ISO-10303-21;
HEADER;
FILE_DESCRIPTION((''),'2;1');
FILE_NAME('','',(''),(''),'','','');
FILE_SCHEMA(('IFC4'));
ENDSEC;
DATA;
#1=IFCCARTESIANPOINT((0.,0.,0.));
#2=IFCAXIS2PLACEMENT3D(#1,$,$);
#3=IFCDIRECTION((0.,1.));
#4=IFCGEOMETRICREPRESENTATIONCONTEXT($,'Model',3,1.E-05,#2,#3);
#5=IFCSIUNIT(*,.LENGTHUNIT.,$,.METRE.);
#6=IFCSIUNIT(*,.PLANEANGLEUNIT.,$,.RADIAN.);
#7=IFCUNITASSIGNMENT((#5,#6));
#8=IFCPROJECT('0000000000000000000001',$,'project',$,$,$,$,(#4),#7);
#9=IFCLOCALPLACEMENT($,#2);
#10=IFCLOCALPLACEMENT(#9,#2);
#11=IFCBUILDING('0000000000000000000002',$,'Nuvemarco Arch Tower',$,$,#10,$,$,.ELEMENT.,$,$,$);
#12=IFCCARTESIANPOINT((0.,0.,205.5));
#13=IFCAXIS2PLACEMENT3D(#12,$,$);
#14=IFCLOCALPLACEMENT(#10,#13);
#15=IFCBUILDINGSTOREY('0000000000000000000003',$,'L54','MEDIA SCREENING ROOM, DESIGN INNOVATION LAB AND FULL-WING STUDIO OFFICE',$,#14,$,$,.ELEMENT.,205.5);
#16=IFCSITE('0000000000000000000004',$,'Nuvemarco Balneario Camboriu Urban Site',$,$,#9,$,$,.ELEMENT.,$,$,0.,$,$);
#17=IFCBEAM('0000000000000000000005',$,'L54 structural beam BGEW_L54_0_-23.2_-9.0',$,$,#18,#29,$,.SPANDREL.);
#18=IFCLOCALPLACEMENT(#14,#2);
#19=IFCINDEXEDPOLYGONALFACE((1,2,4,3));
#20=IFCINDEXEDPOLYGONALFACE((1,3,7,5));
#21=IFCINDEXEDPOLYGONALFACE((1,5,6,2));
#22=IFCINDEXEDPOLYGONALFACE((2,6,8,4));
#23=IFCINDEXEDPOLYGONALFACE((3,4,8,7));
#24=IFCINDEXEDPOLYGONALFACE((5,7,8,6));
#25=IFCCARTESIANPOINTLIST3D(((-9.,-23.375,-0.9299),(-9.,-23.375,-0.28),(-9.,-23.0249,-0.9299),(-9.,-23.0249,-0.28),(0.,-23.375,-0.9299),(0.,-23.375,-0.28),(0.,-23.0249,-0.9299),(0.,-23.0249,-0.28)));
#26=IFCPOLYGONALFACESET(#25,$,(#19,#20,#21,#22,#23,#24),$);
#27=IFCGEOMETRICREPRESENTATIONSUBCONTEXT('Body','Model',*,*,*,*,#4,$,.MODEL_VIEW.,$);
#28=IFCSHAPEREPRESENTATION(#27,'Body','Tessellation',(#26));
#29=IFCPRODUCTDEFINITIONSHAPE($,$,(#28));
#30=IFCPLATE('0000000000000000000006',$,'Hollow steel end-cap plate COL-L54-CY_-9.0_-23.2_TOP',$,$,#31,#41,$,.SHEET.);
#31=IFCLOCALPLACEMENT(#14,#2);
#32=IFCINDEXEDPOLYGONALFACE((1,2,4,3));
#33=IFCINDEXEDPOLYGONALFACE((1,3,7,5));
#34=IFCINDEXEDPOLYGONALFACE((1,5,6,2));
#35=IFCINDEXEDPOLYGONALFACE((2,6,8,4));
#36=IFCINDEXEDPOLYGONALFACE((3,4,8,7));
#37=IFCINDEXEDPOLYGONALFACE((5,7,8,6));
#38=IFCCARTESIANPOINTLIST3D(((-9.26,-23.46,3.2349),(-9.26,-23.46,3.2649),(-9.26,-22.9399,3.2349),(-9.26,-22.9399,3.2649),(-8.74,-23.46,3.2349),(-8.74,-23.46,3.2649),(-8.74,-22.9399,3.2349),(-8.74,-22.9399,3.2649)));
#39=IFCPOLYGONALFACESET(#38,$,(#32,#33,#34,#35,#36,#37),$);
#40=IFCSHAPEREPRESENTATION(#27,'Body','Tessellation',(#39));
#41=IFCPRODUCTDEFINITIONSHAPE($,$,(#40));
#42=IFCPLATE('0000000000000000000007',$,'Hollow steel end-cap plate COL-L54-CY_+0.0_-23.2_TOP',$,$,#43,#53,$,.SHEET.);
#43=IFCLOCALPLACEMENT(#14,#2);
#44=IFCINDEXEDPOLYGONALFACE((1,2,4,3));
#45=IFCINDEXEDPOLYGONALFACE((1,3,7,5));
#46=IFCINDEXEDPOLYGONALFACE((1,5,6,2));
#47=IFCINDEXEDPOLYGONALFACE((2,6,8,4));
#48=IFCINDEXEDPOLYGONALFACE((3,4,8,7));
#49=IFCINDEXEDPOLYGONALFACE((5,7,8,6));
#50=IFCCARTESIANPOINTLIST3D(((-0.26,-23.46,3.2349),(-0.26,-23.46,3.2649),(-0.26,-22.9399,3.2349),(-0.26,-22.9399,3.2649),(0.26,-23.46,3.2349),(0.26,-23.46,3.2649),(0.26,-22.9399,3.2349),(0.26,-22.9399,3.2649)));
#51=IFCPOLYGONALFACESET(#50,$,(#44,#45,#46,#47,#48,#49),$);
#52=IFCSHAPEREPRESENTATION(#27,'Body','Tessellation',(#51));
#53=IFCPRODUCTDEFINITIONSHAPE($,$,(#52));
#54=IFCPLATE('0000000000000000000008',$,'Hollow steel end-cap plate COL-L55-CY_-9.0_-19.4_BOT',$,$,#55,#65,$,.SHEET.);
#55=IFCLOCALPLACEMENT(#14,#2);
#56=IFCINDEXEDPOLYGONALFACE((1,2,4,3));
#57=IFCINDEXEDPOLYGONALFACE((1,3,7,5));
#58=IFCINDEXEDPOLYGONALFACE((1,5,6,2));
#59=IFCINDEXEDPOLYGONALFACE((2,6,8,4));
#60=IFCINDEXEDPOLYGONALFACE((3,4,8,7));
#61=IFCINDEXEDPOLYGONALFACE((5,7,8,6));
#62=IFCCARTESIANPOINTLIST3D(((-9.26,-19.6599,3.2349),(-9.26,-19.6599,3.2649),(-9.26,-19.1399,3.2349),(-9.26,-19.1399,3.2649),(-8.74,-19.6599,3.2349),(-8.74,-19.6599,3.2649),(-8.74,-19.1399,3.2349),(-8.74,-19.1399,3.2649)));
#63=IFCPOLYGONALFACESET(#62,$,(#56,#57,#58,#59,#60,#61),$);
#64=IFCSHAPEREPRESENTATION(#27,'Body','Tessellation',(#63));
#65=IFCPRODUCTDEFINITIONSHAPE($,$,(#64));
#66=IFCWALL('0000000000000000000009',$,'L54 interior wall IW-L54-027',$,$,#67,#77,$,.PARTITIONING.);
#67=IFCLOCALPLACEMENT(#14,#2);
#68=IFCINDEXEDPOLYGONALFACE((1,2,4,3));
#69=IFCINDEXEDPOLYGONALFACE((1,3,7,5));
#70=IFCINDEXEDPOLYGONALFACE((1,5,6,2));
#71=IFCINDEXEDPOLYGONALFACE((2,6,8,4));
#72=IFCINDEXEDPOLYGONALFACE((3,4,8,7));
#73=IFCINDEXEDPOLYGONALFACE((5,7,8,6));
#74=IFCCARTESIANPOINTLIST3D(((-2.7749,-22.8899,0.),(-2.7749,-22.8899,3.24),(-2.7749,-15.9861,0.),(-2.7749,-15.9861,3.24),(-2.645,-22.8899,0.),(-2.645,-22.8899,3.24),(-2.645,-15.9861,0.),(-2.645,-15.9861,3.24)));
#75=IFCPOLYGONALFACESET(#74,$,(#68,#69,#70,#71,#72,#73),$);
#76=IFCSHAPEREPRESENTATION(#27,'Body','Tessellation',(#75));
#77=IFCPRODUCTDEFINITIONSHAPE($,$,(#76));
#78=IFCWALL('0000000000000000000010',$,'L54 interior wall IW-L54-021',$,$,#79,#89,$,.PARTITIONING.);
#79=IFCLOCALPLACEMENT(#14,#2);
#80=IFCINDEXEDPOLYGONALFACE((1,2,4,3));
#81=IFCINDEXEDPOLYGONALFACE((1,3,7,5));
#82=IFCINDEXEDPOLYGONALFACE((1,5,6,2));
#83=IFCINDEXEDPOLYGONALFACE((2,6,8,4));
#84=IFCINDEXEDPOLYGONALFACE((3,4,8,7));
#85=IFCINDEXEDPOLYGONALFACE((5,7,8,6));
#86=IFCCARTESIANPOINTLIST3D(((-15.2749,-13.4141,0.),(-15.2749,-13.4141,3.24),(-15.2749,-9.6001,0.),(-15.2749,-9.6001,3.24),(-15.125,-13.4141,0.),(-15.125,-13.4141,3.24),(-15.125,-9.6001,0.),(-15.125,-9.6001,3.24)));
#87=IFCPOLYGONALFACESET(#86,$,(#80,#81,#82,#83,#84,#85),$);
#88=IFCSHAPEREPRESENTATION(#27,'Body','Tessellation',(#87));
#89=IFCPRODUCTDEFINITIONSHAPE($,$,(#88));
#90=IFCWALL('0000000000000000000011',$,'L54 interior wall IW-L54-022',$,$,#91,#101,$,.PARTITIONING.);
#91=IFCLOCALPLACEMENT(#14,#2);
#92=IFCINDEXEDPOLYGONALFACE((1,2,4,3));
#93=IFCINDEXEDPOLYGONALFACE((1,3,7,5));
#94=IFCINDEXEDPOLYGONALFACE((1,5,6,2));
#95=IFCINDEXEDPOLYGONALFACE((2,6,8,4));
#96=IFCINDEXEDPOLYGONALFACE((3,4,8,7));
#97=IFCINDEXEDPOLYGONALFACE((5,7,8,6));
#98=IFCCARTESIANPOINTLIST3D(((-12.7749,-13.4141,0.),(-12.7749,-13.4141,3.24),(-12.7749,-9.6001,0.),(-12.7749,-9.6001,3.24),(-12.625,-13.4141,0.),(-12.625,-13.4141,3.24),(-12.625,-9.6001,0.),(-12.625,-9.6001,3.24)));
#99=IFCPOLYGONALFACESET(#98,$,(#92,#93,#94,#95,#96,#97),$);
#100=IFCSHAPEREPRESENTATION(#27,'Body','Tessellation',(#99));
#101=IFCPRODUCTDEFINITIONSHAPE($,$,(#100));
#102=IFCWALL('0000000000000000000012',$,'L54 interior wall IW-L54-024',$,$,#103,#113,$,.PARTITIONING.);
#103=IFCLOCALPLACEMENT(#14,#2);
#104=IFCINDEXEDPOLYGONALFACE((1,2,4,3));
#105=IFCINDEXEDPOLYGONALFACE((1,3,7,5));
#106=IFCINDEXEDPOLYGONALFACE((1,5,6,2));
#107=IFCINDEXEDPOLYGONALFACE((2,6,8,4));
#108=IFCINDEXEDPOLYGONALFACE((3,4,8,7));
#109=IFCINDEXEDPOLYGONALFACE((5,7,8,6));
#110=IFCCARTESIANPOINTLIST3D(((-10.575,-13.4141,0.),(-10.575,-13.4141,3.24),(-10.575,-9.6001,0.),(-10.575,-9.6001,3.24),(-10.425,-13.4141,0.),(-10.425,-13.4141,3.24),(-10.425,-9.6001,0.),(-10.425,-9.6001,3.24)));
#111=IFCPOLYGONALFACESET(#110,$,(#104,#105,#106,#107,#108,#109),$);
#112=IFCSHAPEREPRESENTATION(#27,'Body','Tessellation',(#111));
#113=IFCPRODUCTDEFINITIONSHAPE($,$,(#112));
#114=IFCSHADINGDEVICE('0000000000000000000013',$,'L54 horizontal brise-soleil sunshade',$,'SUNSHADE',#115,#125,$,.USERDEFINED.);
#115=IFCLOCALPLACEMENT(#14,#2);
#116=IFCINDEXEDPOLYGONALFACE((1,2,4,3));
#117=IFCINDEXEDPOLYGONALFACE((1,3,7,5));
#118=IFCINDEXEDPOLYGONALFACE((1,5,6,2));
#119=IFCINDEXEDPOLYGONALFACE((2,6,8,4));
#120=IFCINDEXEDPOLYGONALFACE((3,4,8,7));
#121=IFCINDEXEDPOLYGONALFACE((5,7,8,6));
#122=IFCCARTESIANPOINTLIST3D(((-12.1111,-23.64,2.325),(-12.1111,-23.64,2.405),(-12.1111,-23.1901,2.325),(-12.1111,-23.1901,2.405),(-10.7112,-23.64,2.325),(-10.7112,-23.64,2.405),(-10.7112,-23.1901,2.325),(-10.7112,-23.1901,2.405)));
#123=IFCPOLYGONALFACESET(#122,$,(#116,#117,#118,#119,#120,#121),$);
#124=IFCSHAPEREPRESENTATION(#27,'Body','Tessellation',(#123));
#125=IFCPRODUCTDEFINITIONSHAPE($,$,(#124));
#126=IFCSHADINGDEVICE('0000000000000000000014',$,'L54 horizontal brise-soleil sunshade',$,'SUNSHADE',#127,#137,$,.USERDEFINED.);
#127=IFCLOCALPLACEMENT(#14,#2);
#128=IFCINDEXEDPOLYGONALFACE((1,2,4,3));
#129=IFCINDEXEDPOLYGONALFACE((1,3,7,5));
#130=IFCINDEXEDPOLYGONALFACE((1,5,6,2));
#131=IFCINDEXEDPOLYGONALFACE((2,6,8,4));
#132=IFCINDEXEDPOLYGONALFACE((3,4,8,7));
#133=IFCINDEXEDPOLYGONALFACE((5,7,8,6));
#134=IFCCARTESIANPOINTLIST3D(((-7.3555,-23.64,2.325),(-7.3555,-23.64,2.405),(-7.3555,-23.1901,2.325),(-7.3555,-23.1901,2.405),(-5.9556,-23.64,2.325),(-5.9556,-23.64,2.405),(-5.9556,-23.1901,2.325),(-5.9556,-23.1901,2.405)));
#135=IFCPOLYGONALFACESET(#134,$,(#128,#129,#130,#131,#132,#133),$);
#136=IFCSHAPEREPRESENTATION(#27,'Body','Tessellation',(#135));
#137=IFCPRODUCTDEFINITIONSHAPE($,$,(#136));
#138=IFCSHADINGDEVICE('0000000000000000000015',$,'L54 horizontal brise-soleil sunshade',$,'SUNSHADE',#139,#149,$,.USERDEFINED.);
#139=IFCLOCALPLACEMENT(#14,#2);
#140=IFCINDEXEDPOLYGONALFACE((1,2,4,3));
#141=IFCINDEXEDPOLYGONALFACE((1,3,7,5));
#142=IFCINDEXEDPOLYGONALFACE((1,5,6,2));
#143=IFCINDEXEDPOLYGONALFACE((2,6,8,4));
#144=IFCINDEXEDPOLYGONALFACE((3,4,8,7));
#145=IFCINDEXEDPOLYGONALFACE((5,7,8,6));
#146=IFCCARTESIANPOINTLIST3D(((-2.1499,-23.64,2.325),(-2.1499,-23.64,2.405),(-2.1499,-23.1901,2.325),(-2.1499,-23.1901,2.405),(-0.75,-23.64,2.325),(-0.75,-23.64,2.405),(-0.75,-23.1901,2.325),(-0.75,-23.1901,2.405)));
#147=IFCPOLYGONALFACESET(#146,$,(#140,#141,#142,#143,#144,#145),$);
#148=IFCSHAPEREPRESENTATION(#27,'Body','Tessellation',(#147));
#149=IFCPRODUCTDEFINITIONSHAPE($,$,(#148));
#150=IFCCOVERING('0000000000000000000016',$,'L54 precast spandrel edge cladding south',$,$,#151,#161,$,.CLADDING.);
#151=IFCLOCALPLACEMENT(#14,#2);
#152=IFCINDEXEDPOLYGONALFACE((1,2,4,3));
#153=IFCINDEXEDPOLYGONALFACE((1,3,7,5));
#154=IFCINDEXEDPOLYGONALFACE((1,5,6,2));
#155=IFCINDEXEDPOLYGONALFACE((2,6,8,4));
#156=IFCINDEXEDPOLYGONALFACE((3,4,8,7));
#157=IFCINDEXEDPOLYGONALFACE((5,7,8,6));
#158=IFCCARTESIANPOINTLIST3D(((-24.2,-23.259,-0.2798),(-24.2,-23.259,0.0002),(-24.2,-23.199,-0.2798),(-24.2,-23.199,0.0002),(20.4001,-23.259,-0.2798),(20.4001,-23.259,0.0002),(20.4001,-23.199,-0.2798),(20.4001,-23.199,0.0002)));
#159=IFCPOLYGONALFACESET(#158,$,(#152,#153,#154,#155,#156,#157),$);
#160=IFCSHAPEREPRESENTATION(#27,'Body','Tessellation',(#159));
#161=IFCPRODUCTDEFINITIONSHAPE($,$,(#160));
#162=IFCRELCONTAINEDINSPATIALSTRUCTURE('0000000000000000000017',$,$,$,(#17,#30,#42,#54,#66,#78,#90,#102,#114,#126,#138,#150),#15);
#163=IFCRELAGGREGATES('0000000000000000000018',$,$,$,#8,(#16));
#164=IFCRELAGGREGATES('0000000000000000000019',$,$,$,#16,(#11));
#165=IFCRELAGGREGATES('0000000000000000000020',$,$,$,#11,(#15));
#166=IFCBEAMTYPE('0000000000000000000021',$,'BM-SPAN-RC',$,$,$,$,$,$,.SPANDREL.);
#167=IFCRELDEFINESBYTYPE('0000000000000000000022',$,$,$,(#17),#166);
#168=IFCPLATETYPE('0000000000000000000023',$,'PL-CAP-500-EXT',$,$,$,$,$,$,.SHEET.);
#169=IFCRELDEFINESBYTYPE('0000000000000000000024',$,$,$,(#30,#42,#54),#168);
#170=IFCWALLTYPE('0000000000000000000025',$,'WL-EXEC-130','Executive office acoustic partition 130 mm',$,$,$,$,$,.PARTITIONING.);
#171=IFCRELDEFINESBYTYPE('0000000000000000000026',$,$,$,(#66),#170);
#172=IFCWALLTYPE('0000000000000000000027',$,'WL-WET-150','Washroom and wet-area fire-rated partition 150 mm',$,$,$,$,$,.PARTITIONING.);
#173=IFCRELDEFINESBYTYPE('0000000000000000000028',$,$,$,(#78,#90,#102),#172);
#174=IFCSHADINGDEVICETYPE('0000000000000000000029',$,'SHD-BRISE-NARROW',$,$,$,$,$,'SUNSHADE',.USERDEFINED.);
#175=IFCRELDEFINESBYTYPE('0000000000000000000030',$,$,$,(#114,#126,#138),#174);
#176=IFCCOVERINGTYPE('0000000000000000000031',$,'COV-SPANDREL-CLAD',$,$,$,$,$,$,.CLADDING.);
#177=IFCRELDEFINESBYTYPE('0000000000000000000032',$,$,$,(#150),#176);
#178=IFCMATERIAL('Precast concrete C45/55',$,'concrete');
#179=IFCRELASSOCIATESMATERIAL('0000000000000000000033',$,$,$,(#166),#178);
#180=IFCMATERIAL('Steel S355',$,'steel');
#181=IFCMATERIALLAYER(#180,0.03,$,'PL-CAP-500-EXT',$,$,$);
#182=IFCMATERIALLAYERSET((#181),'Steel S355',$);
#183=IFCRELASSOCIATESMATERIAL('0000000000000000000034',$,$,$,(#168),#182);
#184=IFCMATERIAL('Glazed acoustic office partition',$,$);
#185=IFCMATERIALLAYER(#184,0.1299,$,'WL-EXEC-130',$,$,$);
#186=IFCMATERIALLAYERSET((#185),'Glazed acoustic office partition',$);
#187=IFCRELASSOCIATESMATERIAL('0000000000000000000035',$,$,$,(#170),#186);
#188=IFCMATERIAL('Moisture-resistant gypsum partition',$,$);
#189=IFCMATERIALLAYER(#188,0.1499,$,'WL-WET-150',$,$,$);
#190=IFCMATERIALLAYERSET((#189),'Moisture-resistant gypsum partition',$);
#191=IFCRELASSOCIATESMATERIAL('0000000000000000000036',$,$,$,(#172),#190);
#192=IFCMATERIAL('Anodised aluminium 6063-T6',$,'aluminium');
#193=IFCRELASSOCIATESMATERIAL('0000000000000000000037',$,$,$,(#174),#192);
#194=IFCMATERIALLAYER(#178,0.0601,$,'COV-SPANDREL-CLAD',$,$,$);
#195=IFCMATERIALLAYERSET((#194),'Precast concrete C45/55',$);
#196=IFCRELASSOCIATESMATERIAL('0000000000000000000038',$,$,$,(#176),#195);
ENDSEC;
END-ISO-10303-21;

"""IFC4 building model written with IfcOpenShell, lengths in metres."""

from ifc_helpers import new_model, si_unit, direction, frame, frame_2d, origin, origin_2d, place, context, subcontext, project, spatial, rectangle, extrude, source, transform, mapped, material, layer, layer_set, material_profile, profile_set, type_object, type_shapes, element, save


model = new_model("IFC4")

# Units and contexts
model_context = context("Model", 3, precision=1e-05, world=origin(), true_north=direction((0.0, 1.0)))
body_context = subcontext(model_context, "Body", "Model", "MODEL_VIEW")
ifc_project = project(units=[si_unit("LENGTHUNIT", "METRE"), si_unit("PLANEANGLEUNIT", "RADIAN")], contexts=[model_context])

# Site, building, storey
site_placement = place(None, origin())
site = spatial("IfcSite", under=ifc_project, at=site_placement, Name="Nuvemarco Balneario Camboriu Urban Site", CompositionType="ELEMENT", RefElevation=0.0)
building_placement = place(site_placement, origin())
building = spatial("IfcBuilding", under=site, at=building_placement, Name="Nuvemarco Arch Tower", CompositionType="ELEMENT")
storey_placement = place(building_placement, frame((0.0, 0.0, 205.5)))
storey = spatial("IfcBuildingStorey", under=building, at=storey_placement, Name="L54", Description="MEDIA SCREENING ROOM, DESIGN INNOVATION LAB AND FULL-WING STUDIO OFFICE", CompositionType="ELEMENT", Elevation=205.5)

# Shared definitions
ifc_material_1 = material(Name="Steel S355", Category="steel")

# Beam
ifc_material_2 = material(Name="Precast concrete C45/55", Category="concrete")
ifc_material_profile_1 = material_profile(ifc_material_2, rectangle(XDim=0.3501, YDim=0.6499, at=origin_2d()), Name="PC-SP-350x650")
ifc_profile_set_1 = profile_set([ifc_material_profile_1], Name="Precast concrete C45/55")
beam_type_1 = type_object("IfcBeamType", Name="BM-SPAN-RC", PredefinedType="SPANDREL", material=ifc_profile_set_1)
beam_1_placement = place(storey_placement, frame((-9.0, -23.2, -0.605), z_axis=(1.0, 0.0, 0.0), x_axis=(0.0, 1.0, 0.0)))
element("IfcBeam", 1, at=beam_1_placement, inside=storey, type_object=beam_type_1, Name="L54 structural beam BGEW_L54_0_-23.2_-9.0", PredefinedType="SPANDREL", context=body_context, shape_type="SweptSolid", body=[
    extrude(rectangle(XDim=0.3501, YDim=0.6499, at=origin_2d()), origin(), (0.0, 0.0, 1.0), 9.0),
])

# Plates
ifc_layer_1 = layer(ifc_material_1, 0.03, Name="PL-CAP-500-EXT")
ifc_layer_set_1 = layer_set([ifc_layer_1], Name="Steel S355")
plate_type = type_object("IfcPlateType", Name="PL-CAP-500-EXT", PredefinedType="SHEET", material=ifc_layer_set_1)
shared_shape_1 = source(origin(), body_context, "Body", "SweptSolid", [
    extrude(rectangle(XDim=0.52, YDim=0.52, at=origin_2d()), origin(), (0.0, 0.0, 1.0), 0.03),
])
type_shapes(plate_type, [shared_shape_1])
for number, where, z_axis, x_axis, name in (
    (2, (-9.0, -23.2, 3.2349), (0.0, 0.0, 1.0), (1.0, 0.0, 0.0), "Hollow steel end-cap plate COL-L54-CY_-9.0_-23.2_TOP"),
    (3, (0.0, -23.2, 3.2349), (0.0, 0.0, 1.0), (1.0, 0.0, 0.0), "Hollow steel end-cap plate COL-L54-CY_+0.0_-23.2_TOP"),
    (4, (-9.0, -19.3999, 3.2349), (0.0, 0.0, 1.0), (1.0, 0.0, 0.0), "Hollow steel end-cap plate COL-L55-CY_-9.0_-19.4_BOT"),
):
    element("IfcPlate", number, at=place(storey_placement, frame(where, z_axis=z_axis, x_axis=x_axis)), inside=storey, type_object=plate_type, Name=name, PredefinedType="SHEET", context=body_context, shape_type="MappedRepresentation", body=[
        mapped(shared_shape_1, transform((0.0, 0.0, 0.0), scale=1.0)),
    ])

# Walls
ifc_material_3 = material(Name="Glazed acoustic office partition")
ifc_layer_2 = layer(ifc_material_3, 0.1299, Name="WL-EXEC-130")
ifc_layer_set_2 = layer_set([ifc_layer_2], Name="Glazed acoustic office partition")
wall_type_1 = type_object("IfcWallType", Name="WL-EXEC-130", Description="Executive office acoustic partition 130 mm", PredefinedType="PARTITIONING", material=ifc_layer_set_2)
wall_placement = place(storey_placement, frame((-2.71, -22.8899, 0.0), z_axis=(0.0, 0.0, 1.0), x_axis=(0.0, 1.0, 0.0)))
element("IfcWall", 5, at=wall_placement, inside=storey, type_object=wall_type_1, Name="L54 interior wall IW-L54-027", PredefinedType="PARTITIONING", context=body_context, shape_type="SweptSolid", body=[
    extrude(rectangle(XDim=6.9038, YDim=0.1299, at=frame_2d((3.4519, 0.0))), origin(), (0.0, 0.0, 1.0), 3.24),
])
ifc_material_4 = material(Name="Moisture-resistant gypsum partition")
ifc_layer_3 = layer(ifc_material_4, 0.1499, Name="WL-WET-150")
ifc_layer_set_3 = layer_set([ifc_layer_3], Name="Moisture-resistant gypsum partition")
wall_type_2 = type_object("IfcWallType", Name="WL-WET-150", Description="Washroom and wet-area fire-rated partition 150 mm", PredefinedType="PARTITIONING", material=ifc_layer_set_3)
for number, where, z_axis, x_axis, name in (
    (6, (-15.2, -13.4141, 0.0), (0.0, 0.0, 1.0), (0.0, 1.0, 0.0), "L54 interior wall IW-L54-021"),
    (7, (-12.7, -13.4141, 0.0), (0.0, 0.0, 1.0), (0.0, 1.0, 0.0), "L54 interior wall IW-L54-022"),
    (8, (-10.5, -13.4141, 0.0), (0.0, 0.0, 1.0), (0.0, 1.0, 0.0), "L54 interior wall IW-L54-024"),
):
    element("IfcWall", number, at=place(storey_placement, frame(where, z_axis=z_axis, x_axis=x_axis)), inside=storey, type_object=wall_type_2, Name=name, PredefinedType="PARTITIONING", context=body_context, shape_type="SweptSolid", body=[
        extrude(rectangle(XDim=3.814, YDim=0.1499, at=frame_2d((1.907, 0.0))), origin(), (0.0, 0.0, 1.0), 3.24),
    ])

# Shading devices
ifc_material_5 = material(Name="Anodised aluminium 6063-T6", Category="aluminium")
shading_device_type = type_object("IfcShadingDeviceType", Name="SHD-BRISE-NARROW", ElementType="SUNSHADE", PredefinedType="USERDEFINED", material=ifc_material_5)
shared_shape_2 = source(origin(), body_context, "Body", "SweptSolid", [
    extrude(rectangle(XDim=1.3999, YDim=0.45, at=origin_2d()), origin(), (0.0, 0.0, 1.0), 0.0801),
])
type_shapes(shading_device_type, [shared_shape_2])
for number, where, z_axis, x_axis, name in (
    (9, (-11.4111, -23.415, 2.325), (0.0, 0.0, 1.0), (1.0, 0.0, 0.0), "L54 horizontal brise-soleil sunshade"),
    (10, (-6.6555, -23.415, 2.325), (0.0, 0.0, 1.0), (1.0, 0.0, 0.0), "L54 horizontal brise-soleil sunshade"),
    (11, (-1.45, -23.415, 2.325), (0.0, 0.0, 1.0), (1.0, 0.0, 0.0), "L54 horizontal brise-soleil sunshade"),
):
    element("IfcShadingDevice", number, at=place(storey_placement, frame(where, z_axis=z_axis, x_axis=x_axis)), inside=storey, type_object=shading_device_type, Name=name, ObjectType="SUNSHADE", PredefinedType="USERDEFINED", context=body_context, shape_type="MappedRepresentation", body=[
        mapped(shared_shape_2, transform((0.0, 0.0, 0.0), scale=1.0)),
    ])

# Covering
ifc_layer_4 = layer(ifc_material_2, 0.0601, Name="COV-SPANDREL-CLAD")
ifc_layer_set_4 = layer_set([ifc_layer_4], Name="Precast concrete C45/55")
covering_type = type_object("IfcCoveringType", Name="COV-SPANDREL-CLAD", PredefinedType="CLADDING", material=ifc_layer_set_4)
shared_shape_3 = source(origin(), body_context, "Body", "SweptSolid", [
    extrude(rectangle(XDim=44.6001, YDim=0.0601, at=origin_2d()), origin(), (0.0, 0.0, 1.0), 0.28),
])
type_shapes(covering_type, [shared_shape_3])
covering_placement = place(storey_placement, frame((-1.8999, -23.229, -0.2798), z_axis=(0.0, 0.0, 1.0), x_axis=(1.0, 0.0, 0.0)))
element("IfcCovering", 12, at=covering_placement, inside=storey, type_object=covering_type, Name="L54 precast spandrel edge cladding south", PredefinedType="CLADDING", context=body_context, shape_type="MappedRepresentation", body=[
    mapped(shared_shape_3, transform((0.0, 0.0, 0.0), scale=1.0)),
])

save(model, "model.ifc")
